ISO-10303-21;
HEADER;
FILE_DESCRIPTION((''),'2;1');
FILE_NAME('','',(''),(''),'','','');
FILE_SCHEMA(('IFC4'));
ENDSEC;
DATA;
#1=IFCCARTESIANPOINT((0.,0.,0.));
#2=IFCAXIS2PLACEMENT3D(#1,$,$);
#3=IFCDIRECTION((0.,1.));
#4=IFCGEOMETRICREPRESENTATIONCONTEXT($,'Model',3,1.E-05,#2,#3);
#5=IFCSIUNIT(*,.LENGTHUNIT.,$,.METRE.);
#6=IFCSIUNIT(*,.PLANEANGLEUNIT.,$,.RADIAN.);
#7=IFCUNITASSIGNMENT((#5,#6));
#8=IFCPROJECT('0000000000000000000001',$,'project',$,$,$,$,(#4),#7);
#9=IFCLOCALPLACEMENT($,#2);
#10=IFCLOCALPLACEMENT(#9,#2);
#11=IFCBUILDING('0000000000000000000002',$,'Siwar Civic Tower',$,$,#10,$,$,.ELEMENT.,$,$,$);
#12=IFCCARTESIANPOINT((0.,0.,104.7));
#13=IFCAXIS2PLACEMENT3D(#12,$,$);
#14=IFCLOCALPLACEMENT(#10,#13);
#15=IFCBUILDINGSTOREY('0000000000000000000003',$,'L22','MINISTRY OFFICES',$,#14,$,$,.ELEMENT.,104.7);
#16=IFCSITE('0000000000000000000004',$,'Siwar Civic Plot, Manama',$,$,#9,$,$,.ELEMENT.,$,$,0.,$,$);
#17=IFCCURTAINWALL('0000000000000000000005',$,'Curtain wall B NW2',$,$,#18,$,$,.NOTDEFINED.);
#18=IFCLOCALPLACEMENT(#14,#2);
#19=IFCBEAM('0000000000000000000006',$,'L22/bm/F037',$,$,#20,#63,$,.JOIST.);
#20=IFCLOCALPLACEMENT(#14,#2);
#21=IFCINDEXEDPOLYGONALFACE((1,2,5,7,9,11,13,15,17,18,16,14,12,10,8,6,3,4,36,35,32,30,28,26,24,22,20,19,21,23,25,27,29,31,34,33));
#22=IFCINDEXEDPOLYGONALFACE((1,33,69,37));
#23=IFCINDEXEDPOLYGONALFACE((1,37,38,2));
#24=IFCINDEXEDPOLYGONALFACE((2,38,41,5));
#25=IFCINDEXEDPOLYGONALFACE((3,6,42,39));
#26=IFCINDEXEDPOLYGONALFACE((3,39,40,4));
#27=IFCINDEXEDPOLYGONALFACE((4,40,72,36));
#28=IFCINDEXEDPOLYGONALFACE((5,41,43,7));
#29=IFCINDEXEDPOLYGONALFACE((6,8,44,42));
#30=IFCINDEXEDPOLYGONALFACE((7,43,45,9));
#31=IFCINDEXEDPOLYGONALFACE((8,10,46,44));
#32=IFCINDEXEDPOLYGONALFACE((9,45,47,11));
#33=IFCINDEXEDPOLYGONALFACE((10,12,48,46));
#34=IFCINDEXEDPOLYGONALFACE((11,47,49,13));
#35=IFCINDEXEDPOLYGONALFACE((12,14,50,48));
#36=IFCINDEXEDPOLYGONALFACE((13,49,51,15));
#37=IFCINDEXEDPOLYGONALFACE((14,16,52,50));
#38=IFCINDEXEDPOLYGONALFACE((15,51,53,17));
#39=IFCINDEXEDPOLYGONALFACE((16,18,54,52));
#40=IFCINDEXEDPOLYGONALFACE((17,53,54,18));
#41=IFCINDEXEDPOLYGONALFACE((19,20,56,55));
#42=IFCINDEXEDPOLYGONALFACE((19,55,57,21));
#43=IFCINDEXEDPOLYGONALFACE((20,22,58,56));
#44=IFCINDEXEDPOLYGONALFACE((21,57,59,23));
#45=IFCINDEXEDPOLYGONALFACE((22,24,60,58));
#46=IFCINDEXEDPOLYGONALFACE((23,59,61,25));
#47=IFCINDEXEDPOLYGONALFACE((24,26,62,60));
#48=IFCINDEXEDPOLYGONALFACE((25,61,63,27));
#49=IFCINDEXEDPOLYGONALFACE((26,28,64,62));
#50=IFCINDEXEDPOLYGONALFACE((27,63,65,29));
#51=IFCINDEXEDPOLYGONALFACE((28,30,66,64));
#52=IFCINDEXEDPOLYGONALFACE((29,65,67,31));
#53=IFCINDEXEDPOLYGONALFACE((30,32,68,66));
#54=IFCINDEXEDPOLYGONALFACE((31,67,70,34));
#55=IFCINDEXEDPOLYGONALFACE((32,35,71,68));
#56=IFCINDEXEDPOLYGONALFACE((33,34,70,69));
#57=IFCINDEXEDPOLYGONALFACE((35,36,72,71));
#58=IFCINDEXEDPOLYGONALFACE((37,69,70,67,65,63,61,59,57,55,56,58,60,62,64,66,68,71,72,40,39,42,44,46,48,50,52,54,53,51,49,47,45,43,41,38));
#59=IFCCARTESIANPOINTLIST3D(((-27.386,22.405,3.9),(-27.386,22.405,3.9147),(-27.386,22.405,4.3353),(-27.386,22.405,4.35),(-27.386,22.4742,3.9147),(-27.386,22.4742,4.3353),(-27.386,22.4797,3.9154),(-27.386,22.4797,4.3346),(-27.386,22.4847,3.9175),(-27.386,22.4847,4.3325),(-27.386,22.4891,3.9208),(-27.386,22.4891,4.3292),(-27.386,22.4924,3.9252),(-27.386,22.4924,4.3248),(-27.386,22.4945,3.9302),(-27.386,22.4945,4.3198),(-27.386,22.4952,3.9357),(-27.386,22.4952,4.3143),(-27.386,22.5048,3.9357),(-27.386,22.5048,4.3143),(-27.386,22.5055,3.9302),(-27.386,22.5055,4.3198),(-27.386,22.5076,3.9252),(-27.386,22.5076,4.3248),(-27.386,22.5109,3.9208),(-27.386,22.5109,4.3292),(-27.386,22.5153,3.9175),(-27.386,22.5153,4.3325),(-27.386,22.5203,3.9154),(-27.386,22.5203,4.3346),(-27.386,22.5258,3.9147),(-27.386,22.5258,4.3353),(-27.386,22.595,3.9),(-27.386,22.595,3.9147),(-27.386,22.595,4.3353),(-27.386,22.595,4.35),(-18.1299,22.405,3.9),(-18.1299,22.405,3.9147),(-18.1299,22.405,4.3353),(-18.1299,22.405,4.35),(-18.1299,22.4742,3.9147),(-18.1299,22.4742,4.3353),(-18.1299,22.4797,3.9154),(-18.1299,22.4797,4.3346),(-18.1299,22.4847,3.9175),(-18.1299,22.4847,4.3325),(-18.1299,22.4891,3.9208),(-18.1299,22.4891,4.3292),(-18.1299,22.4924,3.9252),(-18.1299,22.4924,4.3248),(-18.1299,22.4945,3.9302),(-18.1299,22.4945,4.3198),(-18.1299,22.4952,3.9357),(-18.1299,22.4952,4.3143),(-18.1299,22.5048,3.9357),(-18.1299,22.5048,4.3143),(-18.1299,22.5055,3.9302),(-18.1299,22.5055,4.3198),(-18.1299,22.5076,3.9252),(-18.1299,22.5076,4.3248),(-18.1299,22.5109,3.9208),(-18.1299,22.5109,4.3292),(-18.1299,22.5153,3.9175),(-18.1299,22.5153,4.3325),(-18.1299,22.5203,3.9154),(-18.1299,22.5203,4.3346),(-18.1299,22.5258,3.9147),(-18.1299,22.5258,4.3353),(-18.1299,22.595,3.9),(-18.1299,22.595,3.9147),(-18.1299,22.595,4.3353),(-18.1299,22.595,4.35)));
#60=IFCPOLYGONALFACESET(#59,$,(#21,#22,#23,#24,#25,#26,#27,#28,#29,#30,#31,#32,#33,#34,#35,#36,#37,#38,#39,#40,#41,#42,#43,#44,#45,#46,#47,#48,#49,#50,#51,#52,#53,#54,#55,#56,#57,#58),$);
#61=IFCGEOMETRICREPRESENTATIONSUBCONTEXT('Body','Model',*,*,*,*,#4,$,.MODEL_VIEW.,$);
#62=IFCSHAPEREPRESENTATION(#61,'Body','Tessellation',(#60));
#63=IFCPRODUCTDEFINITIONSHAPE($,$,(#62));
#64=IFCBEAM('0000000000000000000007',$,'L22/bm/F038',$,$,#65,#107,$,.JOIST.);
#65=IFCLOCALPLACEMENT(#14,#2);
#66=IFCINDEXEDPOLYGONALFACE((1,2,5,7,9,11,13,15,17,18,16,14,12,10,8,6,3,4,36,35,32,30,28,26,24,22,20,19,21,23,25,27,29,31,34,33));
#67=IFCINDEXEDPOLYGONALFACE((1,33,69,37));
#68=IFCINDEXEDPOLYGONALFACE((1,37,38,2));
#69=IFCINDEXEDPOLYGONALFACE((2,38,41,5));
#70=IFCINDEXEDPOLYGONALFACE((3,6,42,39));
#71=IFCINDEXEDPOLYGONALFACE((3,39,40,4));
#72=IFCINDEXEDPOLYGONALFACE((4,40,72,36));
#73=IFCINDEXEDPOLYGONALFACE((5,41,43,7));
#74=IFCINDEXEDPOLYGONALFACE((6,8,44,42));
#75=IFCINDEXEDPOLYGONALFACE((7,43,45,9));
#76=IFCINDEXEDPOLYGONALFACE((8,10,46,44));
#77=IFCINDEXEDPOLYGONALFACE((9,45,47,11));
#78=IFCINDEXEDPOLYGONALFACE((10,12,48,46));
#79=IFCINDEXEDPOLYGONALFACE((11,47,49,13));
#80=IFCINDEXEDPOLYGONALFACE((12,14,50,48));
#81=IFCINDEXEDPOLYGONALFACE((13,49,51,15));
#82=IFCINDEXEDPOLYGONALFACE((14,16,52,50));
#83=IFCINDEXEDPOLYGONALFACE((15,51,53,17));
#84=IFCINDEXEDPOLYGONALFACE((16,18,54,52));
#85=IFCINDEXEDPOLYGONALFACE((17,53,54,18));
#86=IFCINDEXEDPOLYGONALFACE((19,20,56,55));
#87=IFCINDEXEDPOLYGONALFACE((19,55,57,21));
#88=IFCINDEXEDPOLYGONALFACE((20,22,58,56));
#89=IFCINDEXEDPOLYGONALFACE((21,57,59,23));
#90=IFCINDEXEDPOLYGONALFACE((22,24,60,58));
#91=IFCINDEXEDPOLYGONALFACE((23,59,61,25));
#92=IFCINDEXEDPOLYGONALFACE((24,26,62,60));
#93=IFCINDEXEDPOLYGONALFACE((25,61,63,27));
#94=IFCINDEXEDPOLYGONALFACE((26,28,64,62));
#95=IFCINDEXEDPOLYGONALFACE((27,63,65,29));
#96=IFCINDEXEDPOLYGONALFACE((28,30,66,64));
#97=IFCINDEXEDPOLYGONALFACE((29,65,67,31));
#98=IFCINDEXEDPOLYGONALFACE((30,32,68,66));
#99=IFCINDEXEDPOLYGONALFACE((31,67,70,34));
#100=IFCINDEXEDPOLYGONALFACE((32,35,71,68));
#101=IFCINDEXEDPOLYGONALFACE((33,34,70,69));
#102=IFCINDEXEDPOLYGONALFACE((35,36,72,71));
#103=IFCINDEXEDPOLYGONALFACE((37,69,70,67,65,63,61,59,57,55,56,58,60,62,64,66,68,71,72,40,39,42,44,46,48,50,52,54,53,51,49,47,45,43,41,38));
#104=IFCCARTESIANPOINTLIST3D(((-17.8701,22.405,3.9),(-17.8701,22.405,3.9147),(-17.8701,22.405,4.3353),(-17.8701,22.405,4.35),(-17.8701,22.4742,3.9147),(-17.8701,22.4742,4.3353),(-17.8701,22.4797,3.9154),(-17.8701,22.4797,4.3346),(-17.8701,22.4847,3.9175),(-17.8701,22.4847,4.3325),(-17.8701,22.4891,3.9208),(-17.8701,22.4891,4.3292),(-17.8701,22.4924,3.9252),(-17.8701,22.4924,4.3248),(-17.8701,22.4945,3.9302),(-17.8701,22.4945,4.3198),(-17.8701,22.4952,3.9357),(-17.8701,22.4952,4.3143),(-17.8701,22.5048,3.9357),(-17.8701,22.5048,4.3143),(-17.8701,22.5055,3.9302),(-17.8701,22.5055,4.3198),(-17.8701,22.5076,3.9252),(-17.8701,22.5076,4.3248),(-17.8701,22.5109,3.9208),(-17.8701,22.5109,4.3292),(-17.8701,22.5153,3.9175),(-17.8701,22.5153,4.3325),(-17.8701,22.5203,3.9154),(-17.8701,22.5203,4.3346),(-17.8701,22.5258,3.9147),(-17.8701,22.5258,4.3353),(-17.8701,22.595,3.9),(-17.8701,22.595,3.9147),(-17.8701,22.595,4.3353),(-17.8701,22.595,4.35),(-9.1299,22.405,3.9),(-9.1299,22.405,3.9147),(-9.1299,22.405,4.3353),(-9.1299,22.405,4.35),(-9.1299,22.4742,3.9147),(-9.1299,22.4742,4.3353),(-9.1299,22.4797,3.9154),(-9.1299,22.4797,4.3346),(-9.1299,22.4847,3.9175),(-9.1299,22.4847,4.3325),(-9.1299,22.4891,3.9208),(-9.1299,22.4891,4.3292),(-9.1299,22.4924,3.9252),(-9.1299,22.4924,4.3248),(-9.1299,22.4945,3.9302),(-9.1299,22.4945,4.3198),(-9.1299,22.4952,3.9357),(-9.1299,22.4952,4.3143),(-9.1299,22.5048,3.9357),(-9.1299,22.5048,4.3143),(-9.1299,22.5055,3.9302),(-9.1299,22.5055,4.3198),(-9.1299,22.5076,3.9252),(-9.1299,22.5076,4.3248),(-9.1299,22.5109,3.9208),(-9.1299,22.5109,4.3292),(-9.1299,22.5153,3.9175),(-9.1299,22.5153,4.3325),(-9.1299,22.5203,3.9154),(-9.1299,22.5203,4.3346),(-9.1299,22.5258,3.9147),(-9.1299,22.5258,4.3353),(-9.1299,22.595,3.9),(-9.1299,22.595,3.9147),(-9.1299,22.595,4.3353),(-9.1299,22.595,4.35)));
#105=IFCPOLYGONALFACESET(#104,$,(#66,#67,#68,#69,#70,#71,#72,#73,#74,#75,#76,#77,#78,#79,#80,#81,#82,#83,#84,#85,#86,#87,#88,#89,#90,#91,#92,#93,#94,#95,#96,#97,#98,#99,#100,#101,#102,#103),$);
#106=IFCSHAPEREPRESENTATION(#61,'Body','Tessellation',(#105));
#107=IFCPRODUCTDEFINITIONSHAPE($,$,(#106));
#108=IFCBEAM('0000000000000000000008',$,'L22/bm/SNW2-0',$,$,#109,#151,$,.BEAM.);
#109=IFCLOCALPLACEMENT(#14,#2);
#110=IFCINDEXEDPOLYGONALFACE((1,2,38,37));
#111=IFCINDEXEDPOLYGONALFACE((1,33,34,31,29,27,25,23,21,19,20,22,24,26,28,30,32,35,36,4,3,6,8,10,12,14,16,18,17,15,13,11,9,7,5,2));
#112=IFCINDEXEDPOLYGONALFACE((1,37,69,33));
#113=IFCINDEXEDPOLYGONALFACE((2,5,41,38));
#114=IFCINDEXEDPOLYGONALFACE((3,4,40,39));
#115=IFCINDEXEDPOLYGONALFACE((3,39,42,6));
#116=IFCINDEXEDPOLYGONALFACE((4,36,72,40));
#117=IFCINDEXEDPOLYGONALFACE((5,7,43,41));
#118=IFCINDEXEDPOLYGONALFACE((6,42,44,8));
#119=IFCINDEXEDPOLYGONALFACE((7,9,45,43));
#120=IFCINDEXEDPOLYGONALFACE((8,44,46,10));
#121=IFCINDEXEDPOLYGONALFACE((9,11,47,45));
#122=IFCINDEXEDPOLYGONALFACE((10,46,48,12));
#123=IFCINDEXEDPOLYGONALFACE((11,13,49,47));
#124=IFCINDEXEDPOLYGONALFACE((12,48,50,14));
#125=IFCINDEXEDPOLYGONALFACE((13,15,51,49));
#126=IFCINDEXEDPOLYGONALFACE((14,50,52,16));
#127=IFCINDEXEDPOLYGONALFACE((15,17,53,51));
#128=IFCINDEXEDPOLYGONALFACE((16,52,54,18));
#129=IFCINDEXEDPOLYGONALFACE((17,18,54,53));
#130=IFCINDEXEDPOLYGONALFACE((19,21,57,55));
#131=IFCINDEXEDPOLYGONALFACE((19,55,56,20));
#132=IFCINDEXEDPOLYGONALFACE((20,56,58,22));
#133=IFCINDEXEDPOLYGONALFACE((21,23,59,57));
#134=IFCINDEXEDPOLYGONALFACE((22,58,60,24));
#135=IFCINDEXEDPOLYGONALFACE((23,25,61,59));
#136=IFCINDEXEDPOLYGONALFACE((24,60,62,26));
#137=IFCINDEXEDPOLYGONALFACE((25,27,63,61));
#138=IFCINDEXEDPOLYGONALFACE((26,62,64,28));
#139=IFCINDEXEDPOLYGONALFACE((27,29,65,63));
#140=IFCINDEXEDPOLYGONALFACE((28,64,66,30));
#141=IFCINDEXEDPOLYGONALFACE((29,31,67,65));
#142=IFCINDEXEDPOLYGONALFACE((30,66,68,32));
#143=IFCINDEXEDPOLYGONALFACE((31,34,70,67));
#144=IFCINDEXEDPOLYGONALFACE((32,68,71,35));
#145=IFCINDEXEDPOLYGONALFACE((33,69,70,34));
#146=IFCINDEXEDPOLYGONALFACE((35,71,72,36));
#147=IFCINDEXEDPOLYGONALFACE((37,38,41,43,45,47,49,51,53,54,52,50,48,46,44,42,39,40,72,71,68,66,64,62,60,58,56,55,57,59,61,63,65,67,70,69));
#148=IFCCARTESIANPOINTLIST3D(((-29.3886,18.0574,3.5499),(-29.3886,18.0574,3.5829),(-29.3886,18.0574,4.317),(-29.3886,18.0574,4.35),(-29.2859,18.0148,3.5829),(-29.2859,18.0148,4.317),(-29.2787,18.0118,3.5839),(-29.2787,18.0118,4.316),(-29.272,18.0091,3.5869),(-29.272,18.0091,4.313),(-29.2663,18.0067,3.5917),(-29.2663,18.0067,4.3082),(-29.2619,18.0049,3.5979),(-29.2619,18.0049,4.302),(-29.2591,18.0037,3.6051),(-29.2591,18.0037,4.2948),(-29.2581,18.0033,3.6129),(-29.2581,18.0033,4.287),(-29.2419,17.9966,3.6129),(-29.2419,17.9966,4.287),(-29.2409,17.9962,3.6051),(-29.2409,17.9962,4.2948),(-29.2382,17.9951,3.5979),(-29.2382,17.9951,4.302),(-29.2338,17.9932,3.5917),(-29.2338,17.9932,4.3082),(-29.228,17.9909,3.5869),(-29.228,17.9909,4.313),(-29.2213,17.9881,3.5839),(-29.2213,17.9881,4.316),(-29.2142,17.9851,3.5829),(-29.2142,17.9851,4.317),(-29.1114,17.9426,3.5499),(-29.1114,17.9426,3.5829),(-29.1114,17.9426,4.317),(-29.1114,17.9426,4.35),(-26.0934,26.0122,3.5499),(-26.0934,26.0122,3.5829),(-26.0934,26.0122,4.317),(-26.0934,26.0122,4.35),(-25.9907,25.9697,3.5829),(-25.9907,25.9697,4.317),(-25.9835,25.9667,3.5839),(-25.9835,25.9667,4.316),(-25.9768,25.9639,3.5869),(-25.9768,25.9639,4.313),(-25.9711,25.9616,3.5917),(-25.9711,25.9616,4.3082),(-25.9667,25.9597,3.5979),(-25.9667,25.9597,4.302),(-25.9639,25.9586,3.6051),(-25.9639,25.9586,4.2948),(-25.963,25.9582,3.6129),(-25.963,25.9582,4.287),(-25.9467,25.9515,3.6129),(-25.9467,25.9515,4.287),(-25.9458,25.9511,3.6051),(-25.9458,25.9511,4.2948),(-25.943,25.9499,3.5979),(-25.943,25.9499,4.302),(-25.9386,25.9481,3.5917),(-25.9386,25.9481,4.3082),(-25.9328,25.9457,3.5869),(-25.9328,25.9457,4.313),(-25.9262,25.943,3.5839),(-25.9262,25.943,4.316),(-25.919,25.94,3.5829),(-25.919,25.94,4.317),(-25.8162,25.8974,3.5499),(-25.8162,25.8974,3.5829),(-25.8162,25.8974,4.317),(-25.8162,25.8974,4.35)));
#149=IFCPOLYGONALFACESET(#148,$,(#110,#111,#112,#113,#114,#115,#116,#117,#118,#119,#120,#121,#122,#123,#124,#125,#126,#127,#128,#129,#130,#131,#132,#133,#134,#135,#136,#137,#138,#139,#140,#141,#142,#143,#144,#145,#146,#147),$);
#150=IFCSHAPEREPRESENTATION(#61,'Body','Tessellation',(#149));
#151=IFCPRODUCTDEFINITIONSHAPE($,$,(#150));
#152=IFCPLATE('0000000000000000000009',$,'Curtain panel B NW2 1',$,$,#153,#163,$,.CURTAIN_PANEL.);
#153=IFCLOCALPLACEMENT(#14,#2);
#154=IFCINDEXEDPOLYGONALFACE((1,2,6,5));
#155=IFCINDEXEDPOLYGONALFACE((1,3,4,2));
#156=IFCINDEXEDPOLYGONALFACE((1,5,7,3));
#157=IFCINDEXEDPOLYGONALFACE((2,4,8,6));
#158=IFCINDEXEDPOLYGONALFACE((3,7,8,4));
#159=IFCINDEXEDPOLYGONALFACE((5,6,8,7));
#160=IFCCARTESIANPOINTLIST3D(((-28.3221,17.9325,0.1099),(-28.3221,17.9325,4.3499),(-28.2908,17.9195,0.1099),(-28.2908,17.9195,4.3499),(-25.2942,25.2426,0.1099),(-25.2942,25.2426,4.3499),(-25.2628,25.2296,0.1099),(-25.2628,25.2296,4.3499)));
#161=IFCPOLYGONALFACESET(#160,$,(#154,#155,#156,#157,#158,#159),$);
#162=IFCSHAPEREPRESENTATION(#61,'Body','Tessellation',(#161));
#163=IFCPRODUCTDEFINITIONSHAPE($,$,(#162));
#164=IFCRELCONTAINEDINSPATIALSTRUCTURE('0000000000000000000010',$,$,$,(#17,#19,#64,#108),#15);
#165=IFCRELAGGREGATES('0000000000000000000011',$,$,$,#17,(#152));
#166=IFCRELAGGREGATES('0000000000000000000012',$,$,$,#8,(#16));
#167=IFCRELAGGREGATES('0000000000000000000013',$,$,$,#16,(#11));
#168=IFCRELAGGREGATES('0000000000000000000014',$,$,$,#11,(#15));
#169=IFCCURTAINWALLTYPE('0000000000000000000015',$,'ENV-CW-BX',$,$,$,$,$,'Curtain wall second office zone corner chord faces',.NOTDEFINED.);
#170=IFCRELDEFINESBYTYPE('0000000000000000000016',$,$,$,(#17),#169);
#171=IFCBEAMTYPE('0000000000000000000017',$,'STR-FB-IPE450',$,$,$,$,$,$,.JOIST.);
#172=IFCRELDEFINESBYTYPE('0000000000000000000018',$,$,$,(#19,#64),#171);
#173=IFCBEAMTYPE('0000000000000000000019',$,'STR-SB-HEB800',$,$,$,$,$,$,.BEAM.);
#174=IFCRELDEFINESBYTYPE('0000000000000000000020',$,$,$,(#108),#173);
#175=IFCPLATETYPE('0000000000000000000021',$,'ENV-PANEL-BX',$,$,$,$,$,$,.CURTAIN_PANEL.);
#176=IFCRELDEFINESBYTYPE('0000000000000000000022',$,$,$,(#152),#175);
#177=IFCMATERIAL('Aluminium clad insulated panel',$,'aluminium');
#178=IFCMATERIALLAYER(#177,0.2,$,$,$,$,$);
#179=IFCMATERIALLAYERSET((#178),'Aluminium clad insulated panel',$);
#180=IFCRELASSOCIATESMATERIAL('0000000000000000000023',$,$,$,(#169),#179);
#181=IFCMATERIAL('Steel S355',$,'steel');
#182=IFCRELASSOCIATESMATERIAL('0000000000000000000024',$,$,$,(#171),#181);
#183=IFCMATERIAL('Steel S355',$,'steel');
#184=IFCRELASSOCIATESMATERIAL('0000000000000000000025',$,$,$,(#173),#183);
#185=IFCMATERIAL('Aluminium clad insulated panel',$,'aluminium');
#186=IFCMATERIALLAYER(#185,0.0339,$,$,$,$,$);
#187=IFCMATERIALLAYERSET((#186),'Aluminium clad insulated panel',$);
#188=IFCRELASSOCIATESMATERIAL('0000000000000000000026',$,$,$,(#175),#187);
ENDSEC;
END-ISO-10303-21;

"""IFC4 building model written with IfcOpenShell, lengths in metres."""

from ifc_helpers import new_model, si_unit, direction, frame, origin, origin_2d, place, context, subcontext, project, spatial, rectangle, i_section, extrude, material, layer, layer_set, material_profile, profile_set, type_object, element, aggregate, save


model = new_model("IFC4")

# Units and contexts
model_context = context("Model", 3, precision=1e-05, world=origin(), true_north=direction((0.0, 1.0)))
body_context = subcontext(model_context, "Body", "Model", "MODEL_VIEW")
ifc_project = project(units=[si_unit("LENGTHUNIT", "METRE"), si_unit("PLANEANGLEUNIT", "RADIAN")], contexts=[model_context])

# Site, building, storey
site_placement = place(None, origin())
site = spatial("IfcSite", under=ifc_project, at=site_placement, Name="Siwar Civic Plot, Manama", CompositionType="ELEMENT", RefElevation=0.0)
building_placement = place(site_placement, origin())
building = spatial("IfcBuilding", under=site, at=building_placement, Name="Siwar Civic Tower", CompositionType="ELEMENT")
storey_placement = place(building_placement, frame((0.0, 0.0, 104.7)))
storey = spatial("IfcBuildingStorey", under=building, at=storey_placement, Name="L22", Description="MINISTRY OFFICES", CompositionType="ELEMENT", Elevation=104.7)

# Curtain wall
ifc_material_1 = material(Name="Aluminium clad insulated panel", Category="aluminium")
ifc_layer_1 = layer(ifc_material_1, 0.2)
ifc_layer_set_1 = layer_set([ifc_layer_1], Name="Aluminium clad insulated panel")
curtain_wall_type = type_object("IfcCurtainWallType", Name="ENV-CW-BX", ElementType="Curtain wall second office zone corner chord faces", PredefinedType="NOTDEFINED", material=ifc_layer_set_1)
curtain_wall_placement = place(storey_placement, origin())
curtain_wall = element("IfcCurtainWall", 1, at=curtain_wall_placement, inside=storey, type_object=curtain_wall_type, Name="Curtain wall B NW2", PredefinedType="NOTDEFINED")

# Beams
ifc_material_2 = material(Name="Steel S355", Category="steel")
ifc_material_profile_1 = material_profile(ifc_material_2, i_section(OverallWidth=0.1899, OverallDepth=0.45, WebThickness=0.0095, FlangeThickness=0.0146, FilletRadius=0.021, at=origin_2d()), Name="IPE450")
ifc_profile_set_1 = profile_set([ifc_material_profile_1], Name="Steel S355")
beam_type_1 = type_object("IfcBeamType", Name="STR-FB-IPE450", PredefinedType="JOIST", material=ifc_profile_set_1)
beam_1_placement = place(storey_placement, frame((-27.386, 22.5, 4.125), z_axis=(1.0, 0.0, 0.0), x_axis=(0.0, 1.0, 0.0)))
element("IfcBeam", 2, at=beam_1_placement, inside=storey, type_object=beam_type_1, Name="L22/bm/F037", PredefinedType="JOIST", context=body_context, shape_type="SweptSolid", body=[
    extrude(i_section(OverallWidth=0.1899, OverallDepth=0.45, WebThickness=0.0095, FlangeThickness=0.0146, FilletRadius=0.021, at=origin_2d()), origin(), (0.0, 0.0, 1.0), 9.2561),
])
beam_2_placement = place(storey_placement, frame((-17.8701, 22.5, 4.125), z_axis=(1.0, 0.0, 0.0), x_axis=(0.0, 1.0, 0.0)))
element("IfcBeam", 3, at=beam_2_placement, inside=storey, type_object=beam_type_1, Name="L22/bm/F038", PredefinedType="JOIST", context=body_context, shape_type="SweptSolid", body=[
    extrude(i_section(OverallWidth=0.1899, OverallDepth=0.45, WebThickness=0.0095, FlangeThickness=0.0146, FilletRadius=0.021, at=origin_2d()), origin(), (0.0, 0.0, 1.0), 8.7402),
])
ifc_material_3 = material(Name="Steel S355", Category="steel")
ifc_material_profile_2 = material_profile(ifc_material_3, i_section(OverallWidth=0.3, OverallDepth=0.8, WebThickness=0.0176, FlangeThickness=0.033, FilletRadius=0.03, at=origin_2d()), Name="HEB800")
ifc_profile_set_2 = profile_set([ifc_material_profile_2], Name="Steel S355")
beam_type_2 = type_object("IfcBeamType", Name="STR-SB-HEB800", PredefinedType="BEAM", material=ifc_profile_set_2)
beam_3_placement = place(storey_placement, frame((-25.9548, 25.9548, 3.95), z_axis=(-0.3827, -0.923873, 0.0), x_axis=(0.923873, -0.3827, 0.0)))
element("IfcBeam", 4, at=beam_3_placement, inside=storey, type_object=beam_type_2, Name="L22/bm/SNW2-0", PredefinedType="BEAM", context=body_context, shape_type="SweptSolid", body=[
    extrude(i_section(OverallWidth=0.3, OverallDepth=0.8, WebThickness=0.0176, FlangeThickness=0.033, FilletRadius=0.03, at=origin_2d()), origin(), (0.0, 0.0, 1.0), 8.6104),
])

# Plate
ifc_material_4 = material(Name="Aluminium clad insulated panel", Category="aluminium")
ifc_layer_2 = layer(ifc_material_4, 0.0339)
ifc_layer_set_2 = layer_set([ifc_layer_2], Name="Aluminium clad insulated panel")
plate_type = type_object("IfcPlateType", Name="ENV-PANEL-BX", PredefinedType="CURTAIN_PANEL", material=ifc_layer_set_2)
plate_placement = place(storey_placement, frame((-26.7925, 21.5811, 0.1099), z_axis=(0.0, 0.0, 1.0), x_axis=(-0.382683, -0.92388, 0.0)))
plate = element("IfcPlate", 5, at=plate_placement, type_object=plate_type, Name="Curtain panel B NW2 1", PredefinedType="CURTAIN_PANEL", context=body_context, shape_type="SweptSolid", body=[
    extrude(rectangle(XDim=7.9124, YDim=0.0339, at=origin_2d()), origin(), (0.0, 0.0, 1.0), 4.24),
])
aggregate(curtain_wall, [plate])

save(model, "model.ifc")
